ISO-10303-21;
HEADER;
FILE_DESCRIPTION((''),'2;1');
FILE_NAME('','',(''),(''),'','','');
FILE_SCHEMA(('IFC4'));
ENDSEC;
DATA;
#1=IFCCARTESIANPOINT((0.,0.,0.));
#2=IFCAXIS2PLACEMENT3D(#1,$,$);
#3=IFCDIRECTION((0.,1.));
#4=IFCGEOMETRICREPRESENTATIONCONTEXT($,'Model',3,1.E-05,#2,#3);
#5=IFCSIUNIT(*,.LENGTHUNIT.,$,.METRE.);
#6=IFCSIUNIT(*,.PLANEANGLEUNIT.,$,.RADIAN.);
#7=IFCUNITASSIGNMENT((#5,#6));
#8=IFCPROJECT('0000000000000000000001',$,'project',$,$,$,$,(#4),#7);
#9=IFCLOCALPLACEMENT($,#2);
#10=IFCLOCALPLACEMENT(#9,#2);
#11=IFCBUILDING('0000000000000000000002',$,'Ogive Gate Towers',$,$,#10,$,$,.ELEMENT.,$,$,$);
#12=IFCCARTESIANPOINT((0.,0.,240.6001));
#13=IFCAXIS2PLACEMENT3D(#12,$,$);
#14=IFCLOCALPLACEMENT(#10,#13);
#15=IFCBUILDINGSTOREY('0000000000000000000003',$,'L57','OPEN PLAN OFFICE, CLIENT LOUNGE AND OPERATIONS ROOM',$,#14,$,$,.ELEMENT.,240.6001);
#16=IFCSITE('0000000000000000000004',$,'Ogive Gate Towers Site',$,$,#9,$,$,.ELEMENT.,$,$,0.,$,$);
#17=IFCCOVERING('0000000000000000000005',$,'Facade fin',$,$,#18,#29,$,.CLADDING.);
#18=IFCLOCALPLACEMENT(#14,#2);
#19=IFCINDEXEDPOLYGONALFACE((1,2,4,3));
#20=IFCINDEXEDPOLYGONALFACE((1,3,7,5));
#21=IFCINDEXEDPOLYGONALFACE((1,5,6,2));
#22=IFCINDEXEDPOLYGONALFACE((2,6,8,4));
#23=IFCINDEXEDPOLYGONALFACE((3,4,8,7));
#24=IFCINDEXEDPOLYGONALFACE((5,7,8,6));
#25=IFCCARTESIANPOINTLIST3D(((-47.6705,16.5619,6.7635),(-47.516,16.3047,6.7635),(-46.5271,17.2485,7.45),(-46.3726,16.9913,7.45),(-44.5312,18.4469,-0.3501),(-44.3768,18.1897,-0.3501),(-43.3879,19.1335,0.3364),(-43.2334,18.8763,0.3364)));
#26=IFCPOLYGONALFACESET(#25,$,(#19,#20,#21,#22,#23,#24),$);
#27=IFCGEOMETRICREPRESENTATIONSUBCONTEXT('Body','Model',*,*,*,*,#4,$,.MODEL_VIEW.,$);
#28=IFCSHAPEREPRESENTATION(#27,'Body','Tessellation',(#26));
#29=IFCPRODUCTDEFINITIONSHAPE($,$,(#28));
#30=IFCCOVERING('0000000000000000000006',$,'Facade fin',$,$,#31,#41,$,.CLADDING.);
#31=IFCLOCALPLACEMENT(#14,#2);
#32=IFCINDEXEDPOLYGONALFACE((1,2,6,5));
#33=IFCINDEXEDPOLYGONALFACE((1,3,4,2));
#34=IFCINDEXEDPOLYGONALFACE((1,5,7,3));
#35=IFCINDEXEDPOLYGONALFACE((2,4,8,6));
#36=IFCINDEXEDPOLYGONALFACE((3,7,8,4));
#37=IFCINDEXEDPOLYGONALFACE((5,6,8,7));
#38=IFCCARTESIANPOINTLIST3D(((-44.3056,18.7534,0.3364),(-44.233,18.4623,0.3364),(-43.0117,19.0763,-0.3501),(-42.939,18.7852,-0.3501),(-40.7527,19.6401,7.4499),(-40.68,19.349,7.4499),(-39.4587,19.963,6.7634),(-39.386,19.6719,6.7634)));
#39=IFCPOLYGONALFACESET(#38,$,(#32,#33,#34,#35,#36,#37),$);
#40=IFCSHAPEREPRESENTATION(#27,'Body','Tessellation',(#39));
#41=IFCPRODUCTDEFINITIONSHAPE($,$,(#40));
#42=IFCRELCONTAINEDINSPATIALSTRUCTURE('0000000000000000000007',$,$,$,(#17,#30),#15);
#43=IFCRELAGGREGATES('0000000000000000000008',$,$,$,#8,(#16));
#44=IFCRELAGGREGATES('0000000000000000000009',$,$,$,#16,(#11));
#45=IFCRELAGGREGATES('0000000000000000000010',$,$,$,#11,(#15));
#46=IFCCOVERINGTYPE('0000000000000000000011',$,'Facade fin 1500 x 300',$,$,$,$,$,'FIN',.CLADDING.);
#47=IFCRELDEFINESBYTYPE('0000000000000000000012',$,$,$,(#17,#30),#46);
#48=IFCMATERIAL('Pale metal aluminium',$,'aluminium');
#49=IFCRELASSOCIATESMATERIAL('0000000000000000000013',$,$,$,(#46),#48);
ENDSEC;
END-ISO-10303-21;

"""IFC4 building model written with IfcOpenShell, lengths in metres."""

from ifc_helpers import new_model, si_unit, direction, frame, origin, origin_2d, place, context, subcontext, project, spatial, rectangle, extrude, material, material_profile, profile_set, type_object, element, save


model = new_model("IFC4")

# Units and contexts
model_context = context("Model", 3, precision=1e-05, world=origin(), true_north=direction((0.0, 1.0)))
body_context = subcontext(model_context, "Body", "Model", "MODEL_VIEW")
ifc_project = project(units=[si_unit("LENGTHUNIT", "METRE"), si_unit("PLANEANGLEUNIT", "RADIAN")], contexts=[model_context])

# Site, building, storey
site_placement = place(None, origin())
site = spatial("IfcSite", under=ifc_project, at=site_placement, Name="Ogive Gate Towers Site", CompositionType="ELEMENT", RefElevation=0.0)
building_placement = place(site_placement, origin())
building = spatial("IfcBuilding", under=site, at=building_placement, Name="Ogive Gate Towers", CompositionType="ELEMENT")
storey_placement = place(building_placement, frame((0.0, 0.0, 240.6001)))
storey = spatial("IfcBuildingStorey", under=building, at=storey_placement, Name="L57", Description="OPEN PLAN OFFICE, CLIENT LOUNGE AND OPERATIONS ROOM", CompositionType="ELEMENT", Elevation=240.6001)

# Shared definitions
ifc_material_1 = material(Name="Pale metal aluminium", Category="aluminium")

# Coverings
ifc_material_profile_1 = material_profile(ifc_material_1, rectangle(XDim=0.3, YDim=1.5, at=origin_2d()), Name="1500 x 300 pale metal aluminium")
ifc_profile_set_1 = profile_set([ifc_material_profile_1], Name="Pale metal aluminium")
covering_type = type_object("IfcCoveringType", Name="Facade fin 1500 x 300", ElementType="FIN", PredefinedType="CLADDING", material=ifc_profile_set_1)
for number, where, z_axis, x_axis, name in (
    (1, (-43.8823, 18.6616, -0.0068), (-0.392365, -0.235608, 0.889122), (0.5148, -0.85731, 0.0), "Facade fin"),
    (2, (-43.6223, 18.7693, -0.0068), (0.44408, 0.110829, 0.889106), (-0.242143, 0.97024, 0.0), "Facade fin"),
):
    element("IfcCovering", number, at=place(storey_placement, frame(where, z_axis=z_axis, x_axis=x_axis)), inside=storey, type_object=covering_type, Name=name, PredefinedType="CLADDING", context=body_context, shape_type="SweptSolid", body=[
        extrude(rectangle(XDim=0.3, YDim=1.5, at=origin_2d()), origin(), (0.0, 0.0, 1.0), 8.0007),
    ])

save(model, "model.ifc")
